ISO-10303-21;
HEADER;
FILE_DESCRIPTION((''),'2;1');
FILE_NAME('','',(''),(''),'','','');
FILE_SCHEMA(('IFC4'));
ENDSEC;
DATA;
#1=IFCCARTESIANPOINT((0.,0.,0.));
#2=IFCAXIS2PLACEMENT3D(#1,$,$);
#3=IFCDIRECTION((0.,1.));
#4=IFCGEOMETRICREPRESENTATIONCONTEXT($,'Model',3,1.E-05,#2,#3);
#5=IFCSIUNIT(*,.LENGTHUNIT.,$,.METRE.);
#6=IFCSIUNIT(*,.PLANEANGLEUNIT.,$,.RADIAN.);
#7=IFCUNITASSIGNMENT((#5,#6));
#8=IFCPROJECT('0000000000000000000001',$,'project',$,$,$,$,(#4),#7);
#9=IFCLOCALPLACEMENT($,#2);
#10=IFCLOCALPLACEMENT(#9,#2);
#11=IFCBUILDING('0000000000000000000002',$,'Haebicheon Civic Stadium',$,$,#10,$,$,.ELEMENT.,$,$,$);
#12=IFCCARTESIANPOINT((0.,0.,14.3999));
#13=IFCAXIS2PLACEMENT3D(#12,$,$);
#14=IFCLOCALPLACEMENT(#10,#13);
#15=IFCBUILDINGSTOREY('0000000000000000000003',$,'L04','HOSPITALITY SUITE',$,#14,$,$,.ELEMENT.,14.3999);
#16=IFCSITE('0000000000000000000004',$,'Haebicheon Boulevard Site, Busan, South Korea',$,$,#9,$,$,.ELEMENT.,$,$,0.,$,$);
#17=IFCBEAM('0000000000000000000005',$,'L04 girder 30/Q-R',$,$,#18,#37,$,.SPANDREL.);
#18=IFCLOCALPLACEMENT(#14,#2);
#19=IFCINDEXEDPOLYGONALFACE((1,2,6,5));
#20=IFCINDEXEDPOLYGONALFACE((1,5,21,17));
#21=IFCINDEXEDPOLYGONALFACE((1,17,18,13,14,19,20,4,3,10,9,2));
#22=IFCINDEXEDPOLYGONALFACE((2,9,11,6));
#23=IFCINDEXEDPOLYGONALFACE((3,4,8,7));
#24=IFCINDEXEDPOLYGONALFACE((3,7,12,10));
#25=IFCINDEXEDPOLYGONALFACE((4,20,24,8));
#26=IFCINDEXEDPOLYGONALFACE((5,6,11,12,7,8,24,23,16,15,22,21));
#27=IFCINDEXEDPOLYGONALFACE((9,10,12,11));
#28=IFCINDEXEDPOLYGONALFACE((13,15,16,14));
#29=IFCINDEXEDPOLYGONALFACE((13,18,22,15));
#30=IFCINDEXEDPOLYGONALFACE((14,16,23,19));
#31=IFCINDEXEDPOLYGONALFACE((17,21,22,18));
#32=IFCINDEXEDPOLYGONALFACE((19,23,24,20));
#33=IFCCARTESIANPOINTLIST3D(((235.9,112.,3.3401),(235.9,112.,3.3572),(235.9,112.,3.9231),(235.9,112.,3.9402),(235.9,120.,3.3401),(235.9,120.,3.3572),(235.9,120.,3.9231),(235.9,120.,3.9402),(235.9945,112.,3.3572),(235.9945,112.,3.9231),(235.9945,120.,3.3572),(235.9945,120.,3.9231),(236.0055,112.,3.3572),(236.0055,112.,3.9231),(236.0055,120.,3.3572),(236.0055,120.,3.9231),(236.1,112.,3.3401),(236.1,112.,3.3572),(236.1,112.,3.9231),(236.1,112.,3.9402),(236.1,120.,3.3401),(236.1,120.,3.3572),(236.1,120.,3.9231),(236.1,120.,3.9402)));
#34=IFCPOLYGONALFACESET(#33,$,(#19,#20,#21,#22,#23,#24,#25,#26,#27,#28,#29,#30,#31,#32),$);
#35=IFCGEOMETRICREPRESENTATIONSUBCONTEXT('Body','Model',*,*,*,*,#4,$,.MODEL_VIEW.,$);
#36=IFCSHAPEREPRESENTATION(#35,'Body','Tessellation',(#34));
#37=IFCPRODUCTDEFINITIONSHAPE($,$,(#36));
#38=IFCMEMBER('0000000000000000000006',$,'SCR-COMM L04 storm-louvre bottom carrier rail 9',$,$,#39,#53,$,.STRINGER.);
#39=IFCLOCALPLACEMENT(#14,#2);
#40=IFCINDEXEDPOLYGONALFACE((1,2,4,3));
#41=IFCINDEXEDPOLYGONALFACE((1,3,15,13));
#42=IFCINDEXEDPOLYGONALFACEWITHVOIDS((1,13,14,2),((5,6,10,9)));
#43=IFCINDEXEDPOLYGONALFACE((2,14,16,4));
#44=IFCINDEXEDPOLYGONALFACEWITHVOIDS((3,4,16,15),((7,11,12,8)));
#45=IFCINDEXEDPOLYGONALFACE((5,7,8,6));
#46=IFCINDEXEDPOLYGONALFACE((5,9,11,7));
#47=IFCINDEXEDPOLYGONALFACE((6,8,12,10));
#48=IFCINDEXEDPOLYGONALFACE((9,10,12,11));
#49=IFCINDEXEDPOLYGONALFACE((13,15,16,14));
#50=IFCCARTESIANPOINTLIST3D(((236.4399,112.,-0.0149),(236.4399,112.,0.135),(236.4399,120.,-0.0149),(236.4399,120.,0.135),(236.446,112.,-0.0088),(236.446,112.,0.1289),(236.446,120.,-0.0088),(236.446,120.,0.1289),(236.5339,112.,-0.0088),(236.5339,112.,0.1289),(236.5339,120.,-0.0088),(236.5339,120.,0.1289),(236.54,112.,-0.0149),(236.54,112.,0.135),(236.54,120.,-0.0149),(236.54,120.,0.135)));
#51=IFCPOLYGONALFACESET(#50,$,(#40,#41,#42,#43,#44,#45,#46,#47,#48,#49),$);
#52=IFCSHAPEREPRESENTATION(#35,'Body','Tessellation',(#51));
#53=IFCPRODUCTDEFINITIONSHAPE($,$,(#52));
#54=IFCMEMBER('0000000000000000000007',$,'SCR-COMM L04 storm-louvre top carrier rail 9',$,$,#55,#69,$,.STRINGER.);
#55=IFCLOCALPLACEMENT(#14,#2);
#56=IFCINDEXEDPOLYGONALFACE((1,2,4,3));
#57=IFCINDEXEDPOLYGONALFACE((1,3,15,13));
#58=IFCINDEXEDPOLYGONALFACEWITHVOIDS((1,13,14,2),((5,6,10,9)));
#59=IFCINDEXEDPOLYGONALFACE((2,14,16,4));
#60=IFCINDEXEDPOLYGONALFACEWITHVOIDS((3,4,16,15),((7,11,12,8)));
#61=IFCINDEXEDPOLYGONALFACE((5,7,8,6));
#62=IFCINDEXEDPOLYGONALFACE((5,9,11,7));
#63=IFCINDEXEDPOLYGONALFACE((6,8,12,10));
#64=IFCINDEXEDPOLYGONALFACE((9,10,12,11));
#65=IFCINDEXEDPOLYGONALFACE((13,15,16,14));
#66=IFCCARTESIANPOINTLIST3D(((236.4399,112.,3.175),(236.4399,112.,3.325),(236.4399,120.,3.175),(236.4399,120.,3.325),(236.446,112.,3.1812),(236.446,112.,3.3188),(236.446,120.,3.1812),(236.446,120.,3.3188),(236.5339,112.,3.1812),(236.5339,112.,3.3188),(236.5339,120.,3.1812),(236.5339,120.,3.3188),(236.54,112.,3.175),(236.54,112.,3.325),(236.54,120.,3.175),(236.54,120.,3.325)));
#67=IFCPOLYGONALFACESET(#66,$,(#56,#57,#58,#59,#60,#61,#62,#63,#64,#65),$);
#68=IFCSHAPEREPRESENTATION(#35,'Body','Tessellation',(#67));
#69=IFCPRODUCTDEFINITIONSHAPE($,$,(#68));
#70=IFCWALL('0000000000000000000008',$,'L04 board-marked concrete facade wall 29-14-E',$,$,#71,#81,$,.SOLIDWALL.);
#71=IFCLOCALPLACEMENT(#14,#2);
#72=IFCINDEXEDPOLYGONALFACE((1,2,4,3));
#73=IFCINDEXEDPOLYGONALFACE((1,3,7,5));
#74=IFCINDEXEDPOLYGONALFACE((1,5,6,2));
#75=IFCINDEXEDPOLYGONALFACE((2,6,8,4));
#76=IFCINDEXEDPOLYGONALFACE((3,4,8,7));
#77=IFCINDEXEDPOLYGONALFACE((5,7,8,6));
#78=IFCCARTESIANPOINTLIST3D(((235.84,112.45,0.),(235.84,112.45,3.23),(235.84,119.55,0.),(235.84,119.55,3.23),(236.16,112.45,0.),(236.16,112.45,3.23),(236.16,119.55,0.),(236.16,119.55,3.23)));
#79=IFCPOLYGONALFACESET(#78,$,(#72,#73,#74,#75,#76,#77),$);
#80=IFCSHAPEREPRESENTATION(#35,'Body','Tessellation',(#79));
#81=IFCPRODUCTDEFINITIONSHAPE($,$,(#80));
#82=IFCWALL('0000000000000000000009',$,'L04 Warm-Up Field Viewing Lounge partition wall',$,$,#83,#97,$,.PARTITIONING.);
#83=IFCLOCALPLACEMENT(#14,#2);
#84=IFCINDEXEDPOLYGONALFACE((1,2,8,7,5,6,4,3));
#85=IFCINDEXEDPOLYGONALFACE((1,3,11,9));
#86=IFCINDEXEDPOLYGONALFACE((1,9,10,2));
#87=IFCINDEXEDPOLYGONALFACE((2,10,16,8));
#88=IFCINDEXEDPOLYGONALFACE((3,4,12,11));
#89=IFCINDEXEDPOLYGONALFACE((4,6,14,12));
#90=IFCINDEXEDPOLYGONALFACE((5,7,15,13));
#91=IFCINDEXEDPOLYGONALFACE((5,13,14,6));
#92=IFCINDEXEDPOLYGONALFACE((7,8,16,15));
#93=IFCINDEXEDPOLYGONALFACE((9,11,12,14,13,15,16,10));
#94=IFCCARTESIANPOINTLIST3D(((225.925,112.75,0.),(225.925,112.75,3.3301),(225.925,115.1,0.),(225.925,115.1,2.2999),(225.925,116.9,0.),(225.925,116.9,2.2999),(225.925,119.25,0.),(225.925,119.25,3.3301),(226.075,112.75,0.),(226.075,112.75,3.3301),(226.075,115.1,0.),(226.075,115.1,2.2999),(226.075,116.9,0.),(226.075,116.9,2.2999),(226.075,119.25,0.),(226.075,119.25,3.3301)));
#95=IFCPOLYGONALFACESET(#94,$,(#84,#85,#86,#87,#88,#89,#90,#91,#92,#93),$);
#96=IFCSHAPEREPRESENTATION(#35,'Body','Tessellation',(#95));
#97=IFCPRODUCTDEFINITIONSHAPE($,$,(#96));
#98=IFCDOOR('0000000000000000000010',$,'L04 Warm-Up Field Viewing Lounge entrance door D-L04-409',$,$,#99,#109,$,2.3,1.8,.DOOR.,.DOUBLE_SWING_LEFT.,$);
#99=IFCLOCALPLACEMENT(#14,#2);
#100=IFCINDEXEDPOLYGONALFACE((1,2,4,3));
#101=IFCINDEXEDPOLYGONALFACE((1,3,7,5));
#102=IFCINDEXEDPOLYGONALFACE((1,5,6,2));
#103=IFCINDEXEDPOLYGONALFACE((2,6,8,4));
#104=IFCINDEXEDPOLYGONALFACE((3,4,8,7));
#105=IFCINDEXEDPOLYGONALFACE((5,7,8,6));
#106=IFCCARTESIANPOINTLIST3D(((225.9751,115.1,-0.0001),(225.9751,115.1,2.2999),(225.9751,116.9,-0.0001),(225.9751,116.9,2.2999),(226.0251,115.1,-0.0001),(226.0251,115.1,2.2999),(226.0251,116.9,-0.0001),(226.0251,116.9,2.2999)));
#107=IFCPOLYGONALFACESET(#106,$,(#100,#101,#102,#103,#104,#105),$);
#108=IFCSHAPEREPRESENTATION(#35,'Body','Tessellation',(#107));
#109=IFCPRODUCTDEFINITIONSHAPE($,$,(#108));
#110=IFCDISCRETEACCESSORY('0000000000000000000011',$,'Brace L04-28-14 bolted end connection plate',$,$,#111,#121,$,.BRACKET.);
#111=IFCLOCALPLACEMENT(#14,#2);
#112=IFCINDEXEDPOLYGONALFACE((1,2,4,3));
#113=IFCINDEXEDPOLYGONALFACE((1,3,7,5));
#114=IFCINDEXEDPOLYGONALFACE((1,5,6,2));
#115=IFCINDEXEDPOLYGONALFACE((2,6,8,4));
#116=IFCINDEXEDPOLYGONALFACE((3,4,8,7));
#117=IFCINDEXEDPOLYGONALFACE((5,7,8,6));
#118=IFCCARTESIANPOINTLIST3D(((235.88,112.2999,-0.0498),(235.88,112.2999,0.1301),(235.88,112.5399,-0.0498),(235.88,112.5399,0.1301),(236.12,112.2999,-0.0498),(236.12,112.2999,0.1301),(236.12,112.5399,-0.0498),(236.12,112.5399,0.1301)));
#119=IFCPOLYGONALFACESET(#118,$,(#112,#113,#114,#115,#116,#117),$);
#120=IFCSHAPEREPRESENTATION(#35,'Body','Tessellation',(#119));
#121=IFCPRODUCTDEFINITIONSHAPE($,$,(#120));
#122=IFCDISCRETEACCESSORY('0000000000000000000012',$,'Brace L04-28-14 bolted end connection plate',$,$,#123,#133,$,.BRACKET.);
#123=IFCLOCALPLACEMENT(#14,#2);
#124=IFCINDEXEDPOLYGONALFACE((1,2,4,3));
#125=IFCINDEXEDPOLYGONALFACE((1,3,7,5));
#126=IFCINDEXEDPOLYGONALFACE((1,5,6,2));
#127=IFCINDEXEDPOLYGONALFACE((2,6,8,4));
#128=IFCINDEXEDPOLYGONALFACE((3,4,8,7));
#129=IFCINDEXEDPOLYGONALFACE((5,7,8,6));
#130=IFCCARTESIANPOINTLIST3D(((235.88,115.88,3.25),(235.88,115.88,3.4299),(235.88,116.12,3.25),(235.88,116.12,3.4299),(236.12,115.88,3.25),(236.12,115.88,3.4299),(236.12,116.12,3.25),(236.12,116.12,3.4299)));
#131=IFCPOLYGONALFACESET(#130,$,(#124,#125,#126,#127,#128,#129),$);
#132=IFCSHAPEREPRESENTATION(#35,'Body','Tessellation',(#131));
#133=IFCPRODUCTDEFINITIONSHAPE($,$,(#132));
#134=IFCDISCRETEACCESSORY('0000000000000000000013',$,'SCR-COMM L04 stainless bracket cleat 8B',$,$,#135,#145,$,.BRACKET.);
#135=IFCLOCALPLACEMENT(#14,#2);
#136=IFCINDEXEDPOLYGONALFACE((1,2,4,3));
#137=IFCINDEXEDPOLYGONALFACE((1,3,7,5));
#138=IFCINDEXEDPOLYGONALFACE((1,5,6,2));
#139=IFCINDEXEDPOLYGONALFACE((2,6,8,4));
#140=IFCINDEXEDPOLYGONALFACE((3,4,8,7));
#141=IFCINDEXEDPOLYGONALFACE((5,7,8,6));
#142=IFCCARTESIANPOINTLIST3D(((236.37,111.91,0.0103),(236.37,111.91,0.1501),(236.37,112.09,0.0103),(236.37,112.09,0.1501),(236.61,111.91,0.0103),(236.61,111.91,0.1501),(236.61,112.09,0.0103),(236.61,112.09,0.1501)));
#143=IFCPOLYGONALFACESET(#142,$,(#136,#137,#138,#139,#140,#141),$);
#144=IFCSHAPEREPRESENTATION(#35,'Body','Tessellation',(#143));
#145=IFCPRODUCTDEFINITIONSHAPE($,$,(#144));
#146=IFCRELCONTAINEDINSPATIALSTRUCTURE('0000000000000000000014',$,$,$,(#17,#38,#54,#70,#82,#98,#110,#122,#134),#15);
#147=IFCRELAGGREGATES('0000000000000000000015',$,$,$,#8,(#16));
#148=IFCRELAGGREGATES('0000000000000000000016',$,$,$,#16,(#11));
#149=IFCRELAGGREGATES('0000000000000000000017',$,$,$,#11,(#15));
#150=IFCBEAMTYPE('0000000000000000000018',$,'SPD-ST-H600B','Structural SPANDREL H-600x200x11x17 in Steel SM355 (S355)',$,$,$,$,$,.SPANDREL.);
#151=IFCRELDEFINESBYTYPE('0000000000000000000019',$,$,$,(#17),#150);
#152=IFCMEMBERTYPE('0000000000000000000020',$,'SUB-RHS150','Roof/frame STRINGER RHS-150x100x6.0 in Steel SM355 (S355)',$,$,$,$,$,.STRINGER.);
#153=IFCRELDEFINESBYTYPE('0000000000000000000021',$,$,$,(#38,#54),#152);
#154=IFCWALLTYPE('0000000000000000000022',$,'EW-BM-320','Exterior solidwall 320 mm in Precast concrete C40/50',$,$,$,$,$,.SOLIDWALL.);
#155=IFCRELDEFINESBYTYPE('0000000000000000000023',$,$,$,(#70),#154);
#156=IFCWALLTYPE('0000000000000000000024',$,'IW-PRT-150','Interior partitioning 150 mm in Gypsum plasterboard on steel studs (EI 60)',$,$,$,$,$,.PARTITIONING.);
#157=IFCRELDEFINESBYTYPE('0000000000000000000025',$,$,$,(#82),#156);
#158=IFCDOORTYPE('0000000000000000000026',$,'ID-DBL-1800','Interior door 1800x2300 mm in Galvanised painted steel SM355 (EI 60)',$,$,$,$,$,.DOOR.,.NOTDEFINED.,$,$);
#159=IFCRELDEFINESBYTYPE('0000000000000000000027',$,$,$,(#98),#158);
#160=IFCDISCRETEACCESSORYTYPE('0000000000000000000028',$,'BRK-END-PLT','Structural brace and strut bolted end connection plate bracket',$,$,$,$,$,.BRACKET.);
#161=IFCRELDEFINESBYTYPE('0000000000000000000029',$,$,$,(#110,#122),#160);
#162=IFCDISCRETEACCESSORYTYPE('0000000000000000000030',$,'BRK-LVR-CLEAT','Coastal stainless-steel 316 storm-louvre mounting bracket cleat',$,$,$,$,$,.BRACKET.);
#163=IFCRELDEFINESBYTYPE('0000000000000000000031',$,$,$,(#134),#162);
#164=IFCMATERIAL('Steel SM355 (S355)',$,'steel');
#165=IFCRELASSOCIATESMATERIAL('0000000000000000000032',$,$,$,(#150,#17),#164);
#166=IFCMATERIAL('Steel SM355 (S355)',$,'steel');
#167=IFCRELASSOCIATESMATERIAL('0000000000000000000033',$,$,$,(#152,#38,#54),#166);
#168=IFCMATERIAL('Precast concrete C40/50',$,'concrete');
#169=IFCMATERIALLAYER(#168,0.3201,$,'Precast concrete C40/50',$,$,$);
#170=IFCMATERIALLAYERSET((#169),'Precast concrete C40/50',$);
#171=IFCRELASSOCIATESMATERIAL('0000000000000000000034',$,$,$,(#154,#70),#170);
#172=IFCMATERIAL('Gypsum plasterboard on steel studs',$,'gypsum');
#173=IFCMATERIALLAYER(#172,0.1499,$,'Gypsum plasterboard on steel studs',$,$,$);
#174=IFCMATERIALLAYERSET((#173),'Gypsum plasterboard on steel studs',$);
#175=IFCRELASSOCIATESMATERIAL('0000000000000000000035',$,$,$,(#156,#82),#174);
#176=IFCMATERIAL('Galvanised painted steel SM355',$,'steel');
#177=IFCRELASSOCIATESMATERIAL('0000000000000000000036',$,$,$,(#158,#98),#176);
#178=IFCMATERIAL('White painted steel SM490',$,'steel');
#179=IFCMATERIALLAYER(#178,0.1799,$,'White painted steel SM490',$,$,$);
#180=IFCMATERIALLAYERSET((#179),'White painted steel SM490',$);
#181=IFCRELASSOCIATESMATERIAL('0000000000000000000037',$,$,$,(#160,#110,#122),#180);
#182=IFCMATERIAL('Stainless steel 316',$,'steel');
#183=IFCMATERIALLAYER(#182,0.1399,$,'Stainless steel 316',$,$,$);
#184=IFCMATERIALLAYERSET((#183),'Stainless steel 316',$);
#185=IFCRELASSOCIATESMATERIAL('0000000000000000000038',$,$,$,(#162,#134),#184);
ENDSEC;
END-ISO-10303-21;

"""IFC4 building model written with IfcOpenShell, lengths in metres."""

from ifc_helpers import new_model, si_unit, direction, frame, frame_2d, origin, origin_2d, place, context, subcontext, project, spatial, rectangle, hollow_rectangle, i_section, extrude, material, layer, layer_set, material_profile, profile_set, type_object, element, fill, save


model = new_model("IFC4")

# Units and contexts
model_context = context("Model", 3, precision=1e-05, world=origin(), true_north=direction((0.0, 1.0)))
body_context = subcontext(model_context, "Body", "Model", "MODEL_VIEW")
ifc_project = project(units=[si_unit("LENGTHUNIT", "METRE"), si_unit("PLANEANGLEUNIT", "RADIAN")], contexts=[model_context])

# Site, building, storey
site_placement = place(None, origin())
site = spatial("IfcSite", under=ifc_project, at=site_placement, Name="Haebicheon Boulevard Site, Busan, South Korea", CompositionType="ELEMENT", RefElevation=0.0)
building_placement = place(site_placement, origin())
building = spatial("IfcBuilding", under=site, at=building_placement, Name="Haebicheon Civic Stadium", CompositionType="ELEMENT")
storey_placement = place(building_placement, frame((0.0, 0.0, 14.3999)))
storey = spatial("IfcBuildingStorey", under=building, at=storey_placement, Name="L04", Description="HOSPITALITY SUITE", CompositionType="ELEMENT", Elevation=14.3999)

# Beam
ifc_material_1 = material(Name="Steel SM355 (S355)", Category="steel")
ifc_material_profile_1 = material_profile(ifc_material_1, i_section(OverallWidth=0.2, OverallDepth=0.6001, WebThickness=0.011, FlangeThickness=0.0171, at=origin_2d()), Name="H-600x200x11x17")
ifc_profile_set_1 = profile_set([ifc_material_profile_1], Name="Steel SM355 (S355)")
beam_type_1 = type_object("IfcBeamType", Name="SPD-ST-H600B", Description="Structural SPANDREL H-600x200x11x17 in Steel SM355 (S355)", PredefinedType="SPANDREL", material=ifc_profile_set_1)
beam_1_placement = place(storey_placement, frame((236.0, 112.0, 3.6401), z_axis=(0.0, 1.0, 0.0), x_axis=(-1.0, 0.0, 0.0)))
element("IfcBeam", 1, at=beam_1_placement, inside=storey, type_object=beam_type_1, material=ifc_profile_set_1, Name="L04 girder 30/Q-R", PredefinedType="SPANDREL", context=body_context, shape_type="SweptSolid", body=[
    extrude(i_section(OverallWidth=0.2, OverallDepth=0.6001, WebThickness=0.011, FlangeThickness=0.0171, at=origin_2d()), origin(), (0.0, 0.0, 1.0), 8.0),
])

# Members
ifc_material_2 = material(Name="Steel SM355 (S355)", Category="steel")
ifc_material_profile_2 = material_profile(ifc_material_2, hollow_rectangle(XDim=0.1001, YDim=0.1499, WallThickness=0.0061, at=origin_2d()), Name="RHS-150x100x6.0")
ifc_profile_set_2 = profile_set([ifc_material_profile_2], Name="Steel SM355 (S355)")
member_type_1 = type_object("IfcMemberType", Name="SUB-RHS150", Description="Roof/frame STRINGER RHS-150x100x6.0 in Steel SM355 (S355)", PredefinedType="STRINGER", material=ifc_profile_set_2)
for number, where, z_axis, x_axis, name in (
    (2, (236.49, 112.0, 0.0601), (0.0, 1.0, 0.0), (-1.0, 0.0, 0.0), "SCR-COMM L04 storm-louvre bottom carrier rail 9"),
    (3, (236.49, 112.0, 3.25), (0.0, 1.0, 0.0), (-1.0, 0.0, 0.0), "SCR-COMM L04 storm-louvre top carrier rail 9"),
):
    element("IfcMember", number, at=place(storey_placement, frame(where, z_axis=z_axis, x_axis=x_axis)), inside=storey, type_object=member_type_1, material=ifc_profile_set_2, Name=name, PredefinedType="STRINGER", context=body_context, shape_type="SweptSolid", body=[
        extrude(hollow_rectangle(XDim=0.1001, YDim=0.1499, WallThickness=0.0061, at=origin_2d()), origin(), (0.0, 0.0, 1.0), 8.0),
    ])

# Wall
ifc_material_3 = material(Name="Precast concrete C40/50", Category="concrete")
ifc_layer_1 = layer(ifc_material_3, 0.3201, Name="Precast concrete C40/50")
ifc_layer_set_1 = layer_set([ifc_layer_1], Name="Precast concrete C40/50")
wall_type_1 = type_object("IfcWallType", Name="EW-BM-320", Description="Exterior solidwall 320 mm in Precast concrete C40/50", PredefinedType="SOLIDWALL", material=ifc_layer_set_1)
wall_1_placement = place(storey_placement, frame((236.0, 112.45, 0.0), z_axis=(0.0, 0.0, 1.0), x_axis=(0.0, 1.0, 0.0)))
element("IfcWall", 4, at=wall_1_placement, inside=storey, type_object=wall_type_1, material=ifc_layer_set_1, Name="L04 board-marked concrete facade wall 29-14-E", PredefinedType="SOLIDWALL", context=body_context, shape_type="SweptSolid", body=[
    extrude(rectangle(XDim=7.1001, YDim=0.3201, at=frame_2d((3.55, 0.0))), origin(), (0.0, 0.0, 1.0), 3.23),
])

# Wall, opening, door
ifc_material_4 = material(Name="Gypsum plasterboard on steel studs", Category="gypsum")
ifc_layer_2 = layer(ifc_material_4, 0.1499, Name="Gypsum plasterboard on steel studs")
ifc_layer_set_2 = layer_set([ifc_layer_2], Name="Gypsum plasterboard on steel studs")
wall_type_2 = type_object("IfcWallType", Name="IW-PRT-150", Description="Interior partitioning 150 mm in Gypsum plasterboard on steel studs (EI 60)", PredefinedType="PARTITIONING", material=ifc_layer_set_2)
wall_2_placement = place(storey_placement, frame((226.0, 112.75, 0.0), z_axis=(0.0, 0.0, 1.0), x_axis=(0.0, 1.0, 0.0)))
wall_2 = element("IfcWall", 5, at=wall_2_placement, inside=storey, type_object=wall_type_2, material=ifc_layer_set_2, Name="L04 Warm-Up Field Viewing Lounge partition wall", PredefinedType="PARTITIONING", context=body_context, shape_type="SweptSolid", body=[
    extrude(rectangle(XDim=6.5, YDim=0.1499, at=frame_2d((3.25, 0.0))), origin(), (0.0, 0.0, 1.0), 3.3301),
])
opening_placement = place(wall_2_placement, frame((2.3501, 0.0, 0.0)))
opening = element("IfcOpeningElement", 6, at=opening_placement, cuts=wall_2, PredefinedType="OPENING", context=body_context, shape_type="SweptSolid", body=[
    extrude(rectangle(XDim=1.8, YDim=2.3, at=frame_2d((0.8999, 1.1499))), frame((0.0, 0.085, 0.0), z_axis=(0.0, -1.0, 0.0), x_axis=(1.0, 0.0, 0.0)), (0.0, 0.0, 1.0), 0.1699),
])
ifc_material_5 = material(Name="Galvanised painted steel SM355", Category="steel")
door_type = type_object("IfcDoorType", Name="ID-DBL-1800", Description="Interior door 1800x2300 mm in Galvanised painted steel SM355 (EI 60)", OperationType="NOTDEFINED", PredefinedType="DOOR", material=ifc_material_5)
door_placement = place(opening_placement, origin())
door = element("IfcDoor", 7, at=door_placement, inside=storey, type_object=door_type, material=ifc_material_5, Name="L04 Warm-Up Field Viewing Lounge entrance door D-L04-409", OperationType="DOUBLE_SWING_LEFT", OverallHeight=2.3, OverallWidth=1.8, PredefinedType="DOOR", context=body_context, shape_type="SweptSolid", body=[
    extrude(rectangle(XDim=1.8, YDim=2.3, at=frame_2d((0.8999, 1.1499))), frame((0.0, 0.0249, 0.0), z_axis=(0.0, -1.0, 0.0), x_axis=(1.0, 0.0, 0.0)), (0.0, 0.0, 1.0), 0.05),
])
fill(opening, door)

# Discrete accessories
ifc_material_6 = material(Name="White painted steel SM490", Category="steel")
ifc_layer_3 = layer(ifc_material_6, 0.1799, Name="White painted steel SM490")
ifc_layer_set_3 = layer_set([ifc_layer_3], Name="White painted steel SM490")
discrete_accessory_type_1 = type_object("IfcDiscreteAccessoryType", Name="BRK-END-PLT", Description="Structural brace and strut bolted end connection plate bracket", PredefinedType="BRACKET", material=ifc_layer_set_3)
for number, where, z_axis, x_axis, name in (
    (8, (236.0, 112.4199, -0.0498), (0.0, 0.0, 1.0), (1.0, 0.0, 0.0), "Brace L04-28-14 bolted end connection plate"),
    (9, (236.0, 116.0, 3.25), (0.0, 0.0, 1.0), (1.0, 0.0, 0.0), "Brace L04-28-14 bolted end connection plate"),
):
    element("IfcDiscreteAccessory", number, at=place(storey_placement, frame(where, z_axis=z_axis, x_axis=x_axis)), inside=storey, type_object=discrete_accessory_type_1, material=ifc_layer_set_3, Name=name, PredefinedType="BRACKET", context=body_context, shape_type="SweptSolid", body=[
        extrude(rectangle(XDim=0.24, YDim=0.24, at=origin_2d()), origin(), (0.0, 0.0, 1.0), 0.1799),
    ])
ifc_material_7 = material(Name="Stainless steel 316", Category="steel")
ifc_layer_4 = layer(ifc_material_7, 0.1399, Name="Stainless steel 316")
ifc_layer_set_4 = layer_set([ifc_layer_4], Name="Stainless steel 316")
discrete_accessory_type_2 = type_object("IfcDiscreteAccessoryType", Name="BRK-LVR-CLEAT", Description="Coastal stainless-steel 316 storm-louvre mounting bracket cleat", PredefinedType="BRACKET", material=ifc_layer_set_4)
discrete_accessory_placement = place(storey_placement, frame((236.49, 112.0, 0.0103), z_axis=(0.0, 0.0, 1.0), x_axis=(1.0, 0.0, 0.0)))
element("IfcDiscreteAccessory", 10, at=discrete_accessory_placement, inside=storey, type_object=discrete_accessory_type_2, material=ifc_layer_set_4, Name="SCR-COMM L04 stainless bracket cleat 8B", PredefinedType="BRACKET", context=body_context, shape_type="SweptSolid", body=[
    extrude(rectangle(XDim=0.24, YDim=0.1799, at=origin_2d()), origin(), (0.0, 0.0, 1.0), 0.1399),
])

save(model, "model.ifc")
